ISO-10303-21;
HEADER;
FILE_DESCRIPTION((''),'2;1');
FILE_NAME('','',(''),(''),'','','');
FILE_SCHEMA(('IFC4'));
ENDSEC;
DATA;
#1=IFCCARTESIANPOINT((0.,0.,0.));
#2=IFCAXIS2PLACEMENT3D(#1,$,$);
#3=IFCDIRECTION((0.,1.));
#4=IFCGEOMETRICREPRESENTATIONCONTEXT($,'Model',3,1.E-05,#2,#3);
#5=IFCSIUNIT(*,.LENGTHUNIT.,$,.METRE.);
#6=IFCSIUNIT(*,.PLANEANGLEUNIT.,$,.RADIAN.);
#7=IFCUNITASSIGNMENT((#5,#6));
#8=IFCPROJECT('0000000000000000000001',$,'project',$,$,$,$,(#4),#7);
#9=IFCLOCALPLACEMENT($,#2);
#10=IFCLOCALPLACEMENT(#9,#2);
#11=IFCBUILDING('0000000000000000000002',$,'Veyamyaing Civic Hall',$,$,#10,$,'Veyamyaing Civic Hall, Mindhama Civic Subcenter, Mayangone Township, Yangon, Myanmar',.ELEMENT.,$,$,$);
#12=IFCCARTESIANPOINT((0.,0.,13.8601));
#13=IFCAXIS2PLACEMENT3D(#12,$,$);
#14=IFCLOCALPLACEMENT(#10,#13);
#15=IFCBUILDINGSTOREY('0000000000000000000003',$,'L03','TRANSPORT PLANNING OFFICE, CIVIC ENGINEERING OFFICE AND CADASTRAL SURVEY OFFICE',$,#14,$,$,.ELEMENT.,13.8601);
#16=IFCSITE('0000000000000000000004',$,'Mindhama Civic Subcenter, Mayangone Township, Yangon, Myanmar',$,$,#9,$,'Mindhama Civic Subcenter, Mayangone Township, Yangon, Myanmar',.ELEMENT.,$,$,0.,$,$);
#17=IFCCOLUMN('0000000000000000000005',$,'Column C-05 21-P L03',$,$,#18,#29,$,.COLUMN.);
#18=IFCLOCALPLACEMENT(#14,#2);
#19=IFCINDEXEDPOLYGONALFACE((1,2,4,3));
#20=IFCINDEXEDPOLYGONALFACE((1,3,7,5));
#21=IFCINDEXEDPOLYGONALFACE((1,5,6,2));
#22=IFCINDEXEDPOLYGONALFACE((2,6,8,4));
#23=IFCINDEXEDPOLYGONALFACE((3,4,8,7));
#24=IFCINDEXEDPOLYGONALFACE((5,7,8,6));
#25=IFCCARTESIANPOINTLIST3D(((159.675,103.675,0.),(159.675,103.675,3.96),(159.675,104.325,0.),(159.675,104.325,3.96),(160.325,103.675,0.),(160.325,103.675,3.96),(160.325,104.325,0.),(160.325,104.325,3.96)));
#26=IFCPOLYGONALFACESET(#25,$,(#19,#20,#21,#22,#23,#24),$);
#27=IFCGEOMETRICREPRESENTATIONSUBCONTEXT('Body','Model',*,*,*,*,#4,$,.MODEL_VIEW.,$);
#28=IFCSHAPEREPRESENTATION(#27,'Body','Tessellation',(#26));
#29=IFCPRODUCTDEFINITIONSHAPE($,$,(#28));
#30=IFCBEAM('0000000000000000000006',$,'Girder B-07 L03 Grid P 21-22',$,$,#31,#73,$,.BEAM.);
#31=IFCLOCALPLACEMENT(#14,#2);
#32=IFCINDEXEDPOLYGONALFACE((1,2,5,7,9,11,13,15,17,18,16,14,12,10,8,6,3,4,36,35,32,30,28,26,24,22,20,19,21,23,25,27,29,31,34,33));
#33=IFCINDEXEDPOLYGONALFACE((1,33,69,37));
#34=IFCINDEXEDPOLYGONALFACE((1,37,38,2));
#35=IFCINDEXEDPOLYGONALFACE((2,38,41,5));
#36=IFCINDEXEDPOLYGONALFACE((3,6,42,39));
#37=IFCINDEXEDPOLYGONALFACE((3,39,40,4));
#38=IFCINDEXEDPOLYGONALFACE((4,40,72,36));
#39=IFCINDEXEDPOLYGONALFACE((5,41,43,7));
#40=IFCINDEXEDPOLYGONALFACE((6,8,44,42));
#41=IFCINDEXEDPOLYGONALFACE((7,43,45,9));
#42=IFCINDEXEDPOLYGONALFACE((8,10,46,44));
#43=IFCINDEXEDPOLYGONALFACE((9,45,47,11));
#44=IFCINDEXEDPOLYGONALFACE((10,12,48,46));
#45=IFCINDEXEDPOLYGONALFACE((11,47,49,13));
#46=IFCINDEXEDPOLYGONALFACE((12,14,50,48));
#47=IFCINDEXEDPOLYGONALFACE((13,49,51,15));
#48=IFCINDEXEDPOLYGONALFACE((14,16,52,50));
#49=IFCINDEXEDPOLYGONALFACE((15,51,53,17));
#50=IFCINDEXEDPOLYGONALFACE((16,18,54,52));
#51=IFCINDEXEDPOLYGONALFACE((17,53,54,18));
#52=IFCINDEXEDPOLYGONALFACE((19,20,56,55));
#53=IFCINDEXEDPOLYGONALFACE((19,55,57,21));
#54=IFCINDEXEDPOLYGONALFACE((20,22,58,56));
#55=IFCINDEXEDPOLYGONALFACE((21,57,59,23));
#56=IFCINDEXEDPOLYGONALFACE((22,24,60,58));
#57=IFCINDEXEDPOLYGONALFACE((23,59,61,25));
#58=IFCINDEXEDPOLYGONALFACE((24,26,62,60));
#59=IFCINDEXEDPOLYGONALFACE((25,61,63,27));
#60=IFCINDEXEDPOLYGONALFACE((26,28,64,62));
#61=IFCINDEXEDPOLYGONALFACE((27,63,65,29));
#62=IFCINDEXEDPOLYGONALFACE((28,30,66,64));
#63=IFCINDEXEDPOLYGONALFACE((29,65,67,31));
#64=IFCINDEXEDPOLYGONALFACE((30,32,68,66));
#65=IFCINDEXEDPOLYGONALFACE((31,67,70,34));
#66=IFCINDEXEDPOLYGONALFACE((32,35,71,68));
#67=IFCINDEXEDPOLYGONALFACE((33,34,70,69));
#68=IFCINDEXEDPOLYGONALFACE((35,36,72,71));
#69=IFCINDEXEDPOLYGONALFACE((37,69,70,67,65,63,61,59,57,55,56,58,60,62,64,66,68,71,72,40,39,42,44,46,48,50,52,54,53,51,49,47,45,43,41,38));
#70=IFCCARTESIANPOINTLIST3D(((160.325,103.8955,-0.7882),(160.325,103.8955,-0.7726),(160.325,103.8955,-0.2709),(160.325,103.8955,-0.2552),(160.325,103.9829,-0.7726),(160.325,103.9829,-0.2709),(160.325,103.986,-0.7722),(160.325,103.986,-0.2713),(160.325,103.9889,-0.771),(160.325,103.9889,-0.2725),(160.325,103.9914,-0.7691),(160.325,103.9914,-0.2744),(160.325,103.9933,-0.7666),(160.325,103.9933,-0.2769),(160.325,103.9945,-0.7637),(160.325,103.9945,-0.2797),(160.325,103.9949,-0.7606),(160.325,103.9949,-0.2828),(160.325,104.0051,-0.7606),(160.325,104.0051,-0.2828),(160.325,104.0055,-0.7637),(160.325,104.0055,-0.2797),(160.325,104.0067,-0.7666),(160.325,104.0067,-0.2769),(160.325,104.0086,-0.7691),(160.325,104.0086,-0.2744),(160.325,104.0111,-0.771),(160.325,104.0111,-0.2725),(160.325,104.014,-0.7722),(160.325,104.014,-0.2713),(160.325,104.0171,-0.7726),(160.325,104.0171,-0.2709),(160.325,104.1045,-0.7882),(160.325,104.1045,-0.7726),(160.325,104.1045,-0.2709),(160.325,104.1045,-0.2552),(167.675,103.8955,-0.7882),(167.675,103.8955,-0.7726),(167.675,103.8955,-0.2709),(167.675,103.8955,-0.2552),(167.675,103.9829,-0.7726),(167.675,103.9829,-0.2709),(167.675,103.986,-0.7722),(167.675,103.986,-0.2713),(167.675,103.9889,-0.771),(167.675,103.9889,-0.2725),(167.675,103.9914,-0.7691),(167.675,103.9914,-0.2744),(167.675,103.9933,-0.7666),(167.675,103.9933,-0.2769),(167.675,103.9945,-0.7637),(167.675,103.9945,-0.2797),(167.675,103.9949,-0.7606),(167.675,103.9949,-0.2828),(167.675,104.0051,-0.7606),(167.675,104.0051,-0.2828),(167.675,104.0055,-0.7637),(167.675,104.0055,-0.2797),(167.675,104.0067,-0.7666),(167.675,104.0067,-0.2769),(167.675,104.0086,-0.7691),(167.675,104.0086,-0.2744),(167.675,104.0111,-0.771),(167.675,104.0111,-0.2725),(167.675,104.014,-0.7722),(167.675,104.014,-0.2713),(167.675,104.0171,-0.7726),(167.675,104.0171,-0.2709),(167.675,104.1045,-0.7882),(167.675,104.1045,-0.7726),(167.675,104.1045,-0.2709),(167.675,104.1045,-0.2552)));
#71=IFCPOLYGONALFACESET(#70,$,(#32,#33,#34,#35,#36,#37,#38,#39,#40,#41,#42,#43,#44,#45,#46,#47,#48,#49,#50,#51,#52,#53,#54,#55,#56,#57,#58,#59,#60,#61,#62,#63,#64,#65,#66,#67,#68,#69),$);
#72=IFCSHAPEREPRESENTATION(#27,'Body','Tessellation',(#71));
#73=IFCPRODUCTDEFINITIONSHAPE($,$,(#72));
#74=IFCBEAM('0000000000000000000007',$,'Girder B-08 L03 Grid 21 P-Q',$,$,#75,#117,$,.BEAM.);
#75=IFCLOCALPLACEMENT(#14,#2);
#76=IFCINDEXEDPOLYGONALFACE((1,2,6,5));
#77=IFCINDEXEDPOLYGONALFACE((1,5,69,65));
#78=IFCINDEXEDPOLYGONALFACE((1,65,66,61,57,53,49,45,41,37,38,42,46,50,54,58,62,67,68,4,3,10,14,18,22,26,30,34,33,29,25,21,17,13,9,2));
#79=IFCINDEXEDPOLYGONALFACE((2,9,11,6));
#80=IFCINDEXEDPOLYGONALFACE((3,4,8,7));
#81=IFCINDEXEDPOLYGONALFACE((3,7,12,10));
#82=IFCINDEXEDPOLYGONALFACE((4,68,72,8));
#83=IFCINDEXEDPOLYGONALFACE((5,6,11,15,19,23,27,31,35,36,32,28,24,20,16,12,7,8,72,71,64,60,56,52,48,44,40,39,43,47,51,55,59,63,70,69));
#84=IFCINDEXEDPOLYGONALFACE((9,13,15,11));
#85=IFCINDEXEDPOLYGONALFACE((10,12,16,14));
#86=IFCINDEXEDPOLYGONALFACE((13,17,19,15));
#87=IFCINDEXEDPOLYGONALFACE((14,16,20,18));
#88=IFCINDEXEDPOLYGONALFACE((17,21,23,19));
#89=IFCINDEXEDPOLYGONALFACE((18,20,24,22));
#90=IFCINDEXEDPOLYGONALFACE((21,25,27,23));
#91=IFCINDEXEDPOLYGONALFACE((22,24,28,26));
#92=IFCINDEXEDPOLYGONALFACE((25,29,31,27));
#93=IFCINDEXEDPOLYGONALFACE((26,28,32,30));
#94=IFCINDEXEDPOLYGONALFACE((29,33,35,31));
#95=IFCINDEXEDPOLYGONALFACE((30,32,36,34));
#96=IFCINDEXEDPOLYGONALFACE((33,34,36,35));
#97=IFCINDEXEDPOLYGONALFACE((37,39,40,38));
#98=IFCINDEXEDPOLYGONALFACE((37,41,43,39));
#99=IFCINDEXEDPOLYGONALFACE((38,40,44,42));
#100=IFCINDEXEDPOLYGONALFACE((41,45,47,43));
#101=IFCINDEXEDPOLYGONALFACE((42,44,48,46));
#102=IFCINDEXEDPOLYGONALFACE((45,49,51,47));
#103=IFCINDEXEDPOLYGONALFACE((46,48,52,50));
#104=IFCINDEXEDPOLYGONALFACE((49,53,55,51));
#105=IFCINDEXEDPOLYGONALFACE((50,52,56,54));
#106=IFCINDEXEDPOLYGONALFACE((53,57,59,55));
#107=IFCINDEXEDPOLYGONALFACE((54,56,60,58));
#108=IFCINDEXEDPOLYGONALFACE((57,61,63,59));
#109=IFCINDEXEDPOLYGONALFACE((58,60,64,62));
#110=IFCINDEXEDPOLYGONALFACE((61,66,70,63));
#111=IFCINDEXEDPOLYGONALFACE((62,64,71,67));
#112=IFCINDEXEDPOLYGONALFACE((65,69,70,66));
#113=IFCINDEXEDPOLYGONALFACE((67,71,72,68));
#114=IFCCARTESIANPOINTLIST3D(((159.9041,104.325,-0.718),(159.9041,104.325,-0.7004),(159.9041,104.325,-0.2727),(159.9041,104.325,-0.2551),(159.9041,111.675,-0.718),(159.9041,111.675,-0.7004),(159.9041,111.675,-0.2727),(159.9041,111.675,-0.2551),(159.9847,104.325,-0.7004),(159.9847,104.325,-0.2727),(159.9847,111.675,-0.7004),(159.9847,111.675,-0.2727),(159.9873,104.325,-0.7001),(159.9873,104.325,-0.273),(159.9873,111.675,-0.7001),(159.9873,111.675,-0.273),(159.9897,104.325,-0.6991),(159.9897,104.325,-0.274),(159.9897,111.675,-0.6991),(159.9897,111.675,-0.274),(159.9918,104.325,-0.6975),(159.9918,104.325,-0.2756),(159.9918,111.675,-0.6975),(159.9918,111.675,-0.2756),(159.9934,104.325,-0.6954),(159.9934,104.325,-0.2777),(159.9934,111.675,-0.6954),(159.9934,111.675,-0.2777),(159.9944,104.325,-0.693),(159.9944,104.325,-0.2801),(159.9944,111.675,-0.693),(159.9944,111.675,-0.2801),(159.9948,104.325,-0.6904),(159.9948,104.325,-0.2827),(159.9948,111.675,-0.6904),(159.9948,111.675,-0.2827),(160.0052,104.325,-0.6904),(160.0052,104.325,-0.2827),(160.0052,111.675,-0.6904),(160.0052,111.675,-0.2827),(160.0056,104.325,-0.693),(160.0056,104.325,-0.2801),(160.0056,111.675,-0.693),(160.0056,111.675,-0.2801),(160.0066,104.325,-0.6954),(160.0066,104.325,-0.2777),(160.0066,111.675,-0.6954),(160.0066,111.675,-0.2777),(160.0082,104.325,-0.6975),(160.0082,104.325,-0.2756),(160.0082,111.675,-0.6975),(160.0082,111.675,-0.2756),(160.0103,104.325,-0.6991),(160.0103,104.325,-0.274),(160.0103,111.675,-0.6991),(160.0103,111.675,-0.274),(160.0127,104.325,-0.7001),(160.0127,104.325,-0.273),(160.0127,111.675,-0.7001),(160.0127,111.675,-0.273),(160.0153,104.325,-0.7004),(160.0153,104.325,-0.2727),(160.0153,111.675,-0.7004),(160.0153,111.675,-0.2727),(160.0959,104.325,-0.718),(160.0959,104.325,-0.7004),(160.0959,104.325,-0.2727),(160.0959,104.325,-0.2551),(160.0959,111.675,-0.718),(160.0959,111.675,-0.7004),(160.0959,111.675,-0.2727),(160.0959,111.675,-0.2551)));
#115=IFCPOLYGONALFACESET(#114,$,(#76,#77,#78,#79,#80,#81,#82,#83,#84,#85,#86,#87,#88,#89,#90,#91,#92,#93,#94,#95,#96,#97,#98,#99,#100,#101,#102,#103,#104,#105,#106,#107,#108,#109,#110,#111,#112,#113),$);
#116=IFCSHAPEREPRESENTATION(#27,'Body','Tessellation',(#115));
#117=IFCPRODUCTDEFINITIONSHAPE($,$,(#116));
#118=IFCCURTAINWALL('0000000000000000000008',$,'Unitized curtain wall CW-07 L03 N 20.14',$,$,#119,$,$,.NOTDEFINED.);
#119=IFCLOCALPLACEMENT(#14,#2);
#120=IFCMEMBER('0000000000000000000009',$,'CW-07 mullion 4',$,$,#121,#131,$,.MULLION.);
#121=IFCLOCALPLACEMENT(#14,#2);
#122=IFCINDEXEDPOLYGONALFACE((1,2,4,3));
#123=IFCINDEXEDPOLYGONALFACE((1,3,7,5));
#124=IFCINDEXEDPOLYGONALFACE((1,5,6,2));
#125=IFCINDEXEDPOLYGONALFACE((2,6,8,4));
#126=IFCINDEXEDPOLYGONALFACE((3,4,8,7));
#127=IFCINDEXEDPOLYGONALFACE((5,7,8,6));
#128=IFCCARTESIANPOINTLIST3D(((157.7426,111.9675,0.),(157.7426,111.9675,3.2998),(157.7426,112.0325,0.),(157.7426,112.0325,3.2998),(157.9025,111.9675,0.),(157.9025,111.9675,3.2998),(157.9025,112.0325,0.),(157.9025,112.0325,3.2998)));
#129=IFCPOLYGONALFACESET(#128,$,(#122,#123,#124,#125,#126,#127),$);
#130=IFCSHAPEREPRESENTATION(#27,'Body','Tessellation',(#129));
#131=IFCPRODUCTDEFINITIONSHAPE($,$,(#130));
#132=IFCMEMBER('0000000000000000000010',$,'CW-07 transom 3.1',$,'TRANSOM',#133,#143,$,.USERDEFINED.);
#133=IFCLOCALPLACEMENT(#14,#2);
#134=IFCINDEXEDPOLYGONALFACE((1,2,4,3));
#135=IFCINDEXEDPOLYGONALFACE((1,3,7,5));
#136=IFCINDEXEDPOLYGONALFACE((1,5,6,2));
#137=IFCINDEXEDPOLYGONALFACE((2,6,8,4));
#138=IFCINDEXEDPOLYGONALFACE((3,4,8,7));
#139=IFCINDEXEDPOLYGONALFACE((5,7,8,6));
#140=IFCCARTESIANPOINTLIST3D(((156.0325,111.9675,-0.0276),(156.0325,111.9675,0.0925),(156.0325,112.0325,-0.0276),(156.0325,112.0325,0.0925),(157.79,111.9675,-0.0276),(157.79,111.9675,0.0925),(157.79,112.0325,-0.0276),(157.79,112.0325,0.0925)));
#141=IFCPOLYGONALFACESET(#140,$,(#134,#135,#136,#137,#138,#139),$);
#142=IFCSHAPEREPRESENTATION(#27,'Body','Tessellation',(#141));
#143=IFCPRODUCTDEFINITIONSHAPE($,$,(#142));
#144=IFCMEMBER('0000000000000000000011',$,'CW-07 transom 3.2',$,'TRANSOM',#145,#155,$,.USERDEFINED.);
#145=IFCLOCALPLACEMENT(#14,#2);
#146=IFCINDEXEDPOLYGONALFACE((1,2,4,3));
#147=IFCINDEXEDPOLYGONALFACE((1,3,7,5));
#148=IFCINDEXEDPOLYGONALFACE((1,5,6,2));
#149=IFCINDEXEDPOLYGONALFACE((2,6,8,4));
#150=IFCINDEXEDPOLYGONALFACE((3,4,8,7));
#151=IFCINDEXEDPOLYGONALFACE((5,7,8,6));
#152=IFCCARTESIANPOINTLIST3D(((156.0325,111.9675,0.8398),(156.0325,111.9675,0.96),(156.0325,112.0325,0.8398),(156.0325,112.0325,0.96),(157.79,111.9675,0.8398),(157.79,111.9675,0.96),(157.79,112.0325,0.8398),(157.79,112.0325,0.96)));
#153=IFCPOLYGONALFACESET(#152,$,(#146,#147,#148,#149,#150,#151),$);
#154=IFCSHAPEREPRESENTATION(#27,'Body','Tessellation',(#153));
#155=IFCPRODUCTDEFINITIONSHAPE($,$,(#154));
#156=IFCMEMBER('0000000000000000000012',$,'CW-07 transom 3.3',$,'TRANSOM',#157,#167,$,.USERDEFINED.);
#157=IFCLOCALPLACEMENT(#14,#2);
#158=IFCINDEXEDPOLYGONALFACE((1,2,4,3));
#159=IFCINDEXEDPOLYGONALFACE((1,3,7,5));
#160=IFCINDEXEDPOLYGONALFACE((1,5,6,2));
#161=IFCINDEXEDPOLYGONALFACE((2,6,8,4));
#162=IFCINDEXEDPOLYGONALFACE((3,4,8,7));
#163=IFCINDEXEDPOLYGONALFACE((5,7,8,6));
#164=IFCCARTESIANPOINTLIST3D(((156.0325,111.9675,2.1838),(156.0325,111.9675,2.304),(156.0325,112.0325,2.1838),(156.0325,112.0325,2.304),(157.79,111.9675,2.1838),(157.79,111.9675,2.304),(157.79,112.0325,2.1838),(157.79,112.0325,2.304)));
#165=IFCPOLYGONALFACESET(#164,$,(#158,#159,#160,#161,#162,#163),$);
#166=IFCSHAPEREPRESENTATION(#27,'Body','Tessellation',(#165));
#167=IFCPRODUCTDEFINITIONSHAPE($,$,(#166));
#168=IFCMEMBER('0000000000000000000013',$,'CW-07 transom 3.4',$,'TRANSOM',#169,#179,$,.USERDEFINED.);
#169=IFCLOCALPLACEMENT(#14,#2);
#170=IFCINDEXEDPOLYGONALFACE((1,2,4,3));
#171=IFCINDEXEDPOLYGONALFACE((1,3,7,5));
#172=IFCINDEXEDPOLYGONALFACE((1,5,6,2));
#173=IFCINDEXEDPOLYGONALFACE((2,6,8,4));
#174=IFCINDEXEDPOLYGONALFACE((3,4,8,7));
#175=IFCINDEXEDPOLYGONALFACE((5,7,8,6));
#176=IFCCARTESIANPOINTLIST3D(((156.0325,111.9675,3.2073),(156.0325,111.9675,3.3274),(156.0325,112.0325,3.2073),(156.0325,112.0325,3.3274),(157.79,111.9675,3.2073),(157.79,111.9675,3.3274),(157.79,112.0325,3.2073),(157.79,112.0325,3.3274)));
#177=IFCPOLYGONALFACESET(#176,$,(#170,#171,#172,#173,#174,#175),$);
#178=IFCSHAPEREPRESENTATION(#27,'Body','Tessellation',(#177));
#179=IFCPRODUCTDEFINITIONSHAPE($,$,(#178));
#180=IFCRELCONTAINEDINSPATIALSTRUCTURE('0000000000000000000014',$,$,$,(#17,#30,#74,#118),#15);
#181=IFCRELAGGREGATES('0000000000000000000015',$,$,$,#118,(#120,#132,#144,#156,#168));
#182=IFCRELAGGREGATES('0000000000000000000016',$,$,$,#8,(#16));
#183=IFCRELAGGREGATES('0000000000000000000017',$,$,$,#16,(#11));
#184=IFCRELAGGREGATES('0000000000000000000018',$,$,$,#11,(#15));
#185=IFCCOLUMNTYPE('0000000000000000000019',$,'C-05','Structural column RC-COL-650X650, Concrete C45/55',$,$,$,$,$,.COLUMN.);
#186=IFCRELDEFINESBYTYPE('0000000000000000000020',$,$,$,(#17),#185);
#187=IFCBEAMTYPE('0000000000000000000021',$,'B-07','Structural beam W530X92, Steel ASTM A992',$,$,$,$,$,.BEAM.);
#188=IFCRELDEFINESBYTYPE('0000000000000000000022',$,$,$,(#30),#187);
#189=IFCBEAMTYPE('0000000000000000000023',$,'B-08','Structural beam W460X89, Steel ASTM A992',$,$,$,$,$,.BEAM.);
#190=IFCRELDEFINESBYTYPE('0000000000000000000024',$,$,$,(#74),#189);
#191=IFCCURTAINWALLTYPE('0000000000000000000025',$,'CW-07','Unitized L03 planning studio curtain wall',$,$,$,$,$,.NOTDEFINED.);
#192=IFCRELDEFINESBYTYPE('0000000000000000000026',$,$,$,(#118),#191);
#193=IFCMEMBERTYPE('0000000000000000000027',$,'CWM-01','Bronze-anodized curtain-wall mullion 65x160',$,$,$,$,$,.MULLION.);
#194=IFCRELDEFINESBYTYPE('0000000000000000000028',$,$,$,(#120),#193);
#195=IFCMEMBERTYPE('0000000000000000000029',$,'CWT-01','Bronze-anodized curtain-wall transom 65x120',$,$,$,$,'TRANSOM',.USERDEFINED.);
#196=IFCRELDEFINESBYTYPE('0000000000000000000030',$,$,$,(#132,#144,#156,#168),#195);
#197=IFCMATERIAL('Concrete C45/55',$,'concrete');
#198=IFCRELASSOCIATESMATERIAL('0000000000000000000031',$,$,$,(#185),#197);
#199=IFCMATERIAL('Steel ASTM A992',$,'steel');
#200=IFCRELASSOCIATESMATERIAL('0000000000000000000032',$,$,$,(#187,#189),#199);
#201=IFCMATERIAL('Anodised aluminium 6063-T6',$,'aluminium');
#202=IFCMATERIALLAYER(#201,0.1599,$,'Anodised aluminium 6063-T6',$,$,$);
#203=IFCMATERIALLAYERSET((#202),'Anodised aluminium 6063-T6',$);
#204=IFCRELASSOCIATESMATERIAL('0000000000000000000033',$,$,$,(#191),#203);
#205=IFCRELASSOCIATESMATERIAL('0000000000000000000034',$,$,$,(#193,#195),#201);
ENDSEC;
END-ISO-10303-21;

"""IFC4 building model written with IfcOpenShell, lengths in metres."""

from ifc_helpers import new_model, si_unit, direction, frame, origin, origin_2d, place, context, subcontext, project, spatial, rectangle, i_section, extrude, material, layer, layer_set, material_profile, profile_set, type_object, element, aggregate, save


model = new_model("IFC4")

# Units and contexts
model_context = context("Model", 3, precision=1e-05, world=origin(), true_north=direction((0.0, 1.0)))
body_context = subcontext(model_context, "Body", "Model", "MODEL_VIEW")
ifc_project = project(units=[si_unit("LENGTHUNIT", "METRE"), si_unit("PLANEANGLEUNIT", "RADIAN")], contexts=[model_context])

# Site, building, storey
site_placement = place(None, origin())
site = spatial("IfcSite", under=ifc_project, at=site_placement, Name="Mindhama Civic Subcenter, Mayangone Township, Yangon, Myanmar", LongName="Mindhama Civic Subcenter, Mayangone Township, Yangon, Myanmar", CompositionType="ELEMENT", RefElevation=0.0)
building_placement = place(site_placement, origin())
building = spatial("IfcBuilding", under=site, at=building_placement, Name="Veyamyaing Civic Hall", LongName="Veyamyaing Civic Hall, Mindhama Civic Subcenter, Mayangone Township, Yangon, Myanmar", CompositionType="ELEMENT")
storey_placement = place(building_placement, frame((0.0, 0.0, 13.8601)))
storey = spatial("IfcBuildingStorey", under=building, at=storey_placement, Name="L03", Description="TRANSPORT PLANNING OFFICE, CIVIC ENGINEERING OFFICE AND CADASTRAL SURVEY OFFICE", CompositionType="ELEMENT", Elevation=13.8601)

# Column
ifc_material_1 = material(Name="Concrete C45/55", Category="concrete")
ifc_material_profile_1 = material_profile(ifc_material_1, rectangle(XDim=0.6499, YDim=0.6499, at=origin_2d()), Name="RC-COL-650X650")
ifc_profile_set_1 = profile_set([ifc_material_profile_1], Name="Concrete C45/55")
column_type = type_object("IfcColumnType", Name="C-05", Description="Structural column RC-COL-650X650, Concrete C45/55", PredefinedType="COLUMN", material=ifc_profile_set_1)
column_placement = place(storey_placement, frame((160.0, 104.0, 0.0), z_axis=(0.0, 0.0, 1.0), x_axis=(1.0, 0.0, 0.0)))
element("IfcColumn", 1, at=column_placement, inside=storey, type_object=column_type, Name="Column C-05 21-P L03", PredefinedType="COLUMN", context=body_context, shape_type="SweptSolid", body=[
    extrude(rectangle(XDim=0.6499, YDim=0.6499, at=origin_2d()), origin(), (0.0, 0.0, 1.0), 3.96),
])

# Beams
ifc_material_2 = material(Name="Steel ASTM A992", Category="steel")
ifc_material_profile_2 = material_profile(ifc_material_2, i_section(OverallWidth=0.209, OverallDepth=0.533, WebThickness=0.0103, FlangeThickness=0.0156, FilletRadius=0.012, at=origin_2d()), Name="W530X92")
ifc_profile_set_2 = profile_set([ifc_material_profile_2], Name="Steel ASTM A992")
beam_type_1 = type_object("IfcBeamType", Name="B-07", Description="Structural beam W530X92, Steel ASTM A992", PredefinedType="BEAM", material=ifc_profile_set_2)
beam_1_placement = place(storey_placement, frame((160.325, 104.0, -0.5217), z_axis=(1.0, 0.0, 0.0), x_axis=(0.0, 1.0, 0.0)))
element("IfcBeam", 2, at=beam_1_placement, inside=storey, type_object=beam_type_1, Name="Girder B-07 L03 Grid P 21-22", PredefinedType="BEAM", context=body_context, shape_type="SweptSolid", body=[
    extrude(i_section(OverallWidth=0.209, OverallDepth=0.533, WebThickness=0.0103, FlangeThickness=0.0156, FilletRadius=0.012, at=origin_2d()), origin(), (0.0, 0.0, 1.0), 7.3501),
])
ifc_material_profile_3 = material_profile(ifc_material_2, i_section(OverallWidth=0.1919, OverallDepth=0.4629, WebThickness=0.0105, FlangeThickness=0.0176, FilletRadius=0.01, at=origin_2d()), Name="W460X89")
ifc_profile_set_3 = profile_set([ifc_material_profile_3], Name="Steel ASTM A992")
beam_type_2 = type_object("IfcBeamType", Name="B-08", Description="Structural beam W460X89, Steel ASTM A992", PredefinedType="BEAM", material=ifc_profile_set_3)
beam_2_placement = place(storey_placement, frame((160.0, 104.325, -0.4866), z_axis=(0.0, 1.0, 0.0), x_axis=(-1.0, 0.0, 0.0)))
element("IfcBeam", 3, at=beam_2_placement, inside=storey, type_object=beam_type_2, Name="Girder B-08 L03 Grid 21 P-Q", PredefinedType="BEAM", context=body_context, shape_type="SweptSolid", body=[
    extrude(i_section(OverallWidth=0.1919, OverallDepth=0.4629, WebThickness=0.0105, FlangeThickness=0.0176, FilletRadius=0.01, at=origin_2d()), origin(), (0.0, 0.0, 1.0), 7.3501),
])

# Curtain wall, members
ifc_material_3 = material(Name="Anodised aluminium 6063-T6", Category="aluminium")
ifc_layer_1 = layer(ifc_material_3, 0.1599, Name="Anodised aluminium 6063-T6")
ifc_layer_set_1 = layer_set([ifc_layer_1], Name="Anodised aluminium 6063-T6")
curtain_wall_type = type_object("IfcCurtainWallType", Name="CW-07", Description="Unitized L03 planning studio curtain wall", PredefinedType="NOTDEFINED", material=ifc_layer_set_1)
curtain_wall_placement = place(storey_placement, origin())
curtain_wall = element("IfcCurtainWall", 4, at=curtain_wall_placement, inside=storey, type_object=curtain_wall_type, Name="Unitized curtain wall CW-07 L03 N 20.14", PredefinedType="NOTDEFINED")
ifc_material_profile_4 = material_profile(ifc_material_3, rectangle(XDim=0.0649, YDim=0.1599, at=origin_2d()), Name="ALU-MUL-65X160")
ifc_profile_set_4 = profile_set([ifc_material_profile_4], Name="Anodised aluminium 6063-T6")
member_type_1 = type_object("IfcMemberType", Name="CWM-01", Description="Bronze-anodized curtain-wall mullion 65x160", PredefinedType="MULLION", material=ifc_profile_set_4)
member_1_placement = place(storey_placement, frame((157.8225, 112.0, 0.0), z_axis=(0.0, 0.0, 1.0), x_axis=(0.0, 1.0, 0.0)))
member_1 = element("IfcMember", 5, at=member_1_placement, type_object=member_type_1, Name="CW-07 mullion 4", PredefinedType="MULLION", context=body_context, shape_type="SweptSolid", body=[
    extrude(rectangle(XDim=0.0649, YDim=0.1599, at=origin_2d()), origin(), (0.0, 0.0, 1.0), 3.2998),
])
ifc_material_profile_5 = material_profile(ifc_material_3, rectangle(XDim=0.0649, YDim=0.1201, at=origin_2d()), Name="ALU-TRN-65X120")
ifc_profile_set_5 = profile_set([ifc_material_profile_5], Name="Anodised aluminium 6063-T6")
member_type_2 = type_object("IfcMemberType", Name="CWT-01", Description="Bronze-anodized curtain-wall transom 65x120", ElementType="TRANSOM", PredefinedType="USERDEFINED", material=ifc_profile_set_5)
member_2_placement = place(storey_placement, frame((156.0325, 112.0, 0.0325), z_axis=(1.0, 0.0, 0.0), x_axis=(0.0, 1.0, 0.0)))
member_2 = element("IfcMember", 6, at=member_2_placement, type_object=member_type_2, Name="CW-07 transom 3.1", ObjectType="TRANSOM", PredefinedType="USERDEFINED", context=body_context, shape_type="SweptSolid", body=[
    extrude(rectangle(XDim=0.0649, YDim=0.1201, at=origin_2d()), origin(), (0.0, 0.0, 1.0), 1.7576),
])
member_3_placement = place(storey_placement, frame((156.0325, 112.0, 0.8999), z_axis=(1.0, 0.0, 0.0), x_axis=(0.0, 1.0, 0.0)))
member_3 = element("IfcMember", 7, at=member_3_placement, type_object=member_type_2, Name="CW-07 transom 3.2", ObjectType="TRANSOM", PredefinedType="USERDEFINED", context=body_context, shape_type="SweptSolid", body=[
    extrude(rectangle(XDim=0.0649, YDim=0.1201, at=origin_2d()), origin(), (0.0, 0.0, 1.0), 1.7576),
])
member_4_placement = place(storey_placement, frame((156.0325, 112.0, 2.2439), z_axis=(1.0, 0.0, 0.0), x_axis=(0.0, 1.0, 0.0)))
member_4 = element("IfcMember", 8, at=member_4_placement, type_object=member_type_2, Name="CW-07 transom 3.3", ObjectType="TRANSOM", PredefinedType="USERDEFINED", context=body_context, shape_type="SweptSolid", body=[
    extrude(rectangle(XDim=0.0649, YDim=0.1201, at=origin_2d()), origin(), (0.0, 0.0, 1.0), 1.7576),
])
member_5_placement = place(storey_placement, frame((156.0325, 112.0, 3.2673), z_axis=(1.0, 0.0, 0.0), x_axis=(0.0, 1.0, 0.0)))
member_5 = element("IfcMember", 9, at=member_5_placement, type_object=member_type_2, Name="CW-07 transom 3.4", ObjectType="TRANSOM", PredefinedType="USERDEFINED", context=body_context, shape_type="SweptSolid", body=[
    extrude(rectangle(XDim=0.0649, YDim=0.1201, at=origin_2d()), origin(), (0.0, 0.0, 1.0), 1.7576),
])

aggregate(curtain_wall, [member_1, member_2, member_3, member_4, member_5])

save(model, "model.ifc")
